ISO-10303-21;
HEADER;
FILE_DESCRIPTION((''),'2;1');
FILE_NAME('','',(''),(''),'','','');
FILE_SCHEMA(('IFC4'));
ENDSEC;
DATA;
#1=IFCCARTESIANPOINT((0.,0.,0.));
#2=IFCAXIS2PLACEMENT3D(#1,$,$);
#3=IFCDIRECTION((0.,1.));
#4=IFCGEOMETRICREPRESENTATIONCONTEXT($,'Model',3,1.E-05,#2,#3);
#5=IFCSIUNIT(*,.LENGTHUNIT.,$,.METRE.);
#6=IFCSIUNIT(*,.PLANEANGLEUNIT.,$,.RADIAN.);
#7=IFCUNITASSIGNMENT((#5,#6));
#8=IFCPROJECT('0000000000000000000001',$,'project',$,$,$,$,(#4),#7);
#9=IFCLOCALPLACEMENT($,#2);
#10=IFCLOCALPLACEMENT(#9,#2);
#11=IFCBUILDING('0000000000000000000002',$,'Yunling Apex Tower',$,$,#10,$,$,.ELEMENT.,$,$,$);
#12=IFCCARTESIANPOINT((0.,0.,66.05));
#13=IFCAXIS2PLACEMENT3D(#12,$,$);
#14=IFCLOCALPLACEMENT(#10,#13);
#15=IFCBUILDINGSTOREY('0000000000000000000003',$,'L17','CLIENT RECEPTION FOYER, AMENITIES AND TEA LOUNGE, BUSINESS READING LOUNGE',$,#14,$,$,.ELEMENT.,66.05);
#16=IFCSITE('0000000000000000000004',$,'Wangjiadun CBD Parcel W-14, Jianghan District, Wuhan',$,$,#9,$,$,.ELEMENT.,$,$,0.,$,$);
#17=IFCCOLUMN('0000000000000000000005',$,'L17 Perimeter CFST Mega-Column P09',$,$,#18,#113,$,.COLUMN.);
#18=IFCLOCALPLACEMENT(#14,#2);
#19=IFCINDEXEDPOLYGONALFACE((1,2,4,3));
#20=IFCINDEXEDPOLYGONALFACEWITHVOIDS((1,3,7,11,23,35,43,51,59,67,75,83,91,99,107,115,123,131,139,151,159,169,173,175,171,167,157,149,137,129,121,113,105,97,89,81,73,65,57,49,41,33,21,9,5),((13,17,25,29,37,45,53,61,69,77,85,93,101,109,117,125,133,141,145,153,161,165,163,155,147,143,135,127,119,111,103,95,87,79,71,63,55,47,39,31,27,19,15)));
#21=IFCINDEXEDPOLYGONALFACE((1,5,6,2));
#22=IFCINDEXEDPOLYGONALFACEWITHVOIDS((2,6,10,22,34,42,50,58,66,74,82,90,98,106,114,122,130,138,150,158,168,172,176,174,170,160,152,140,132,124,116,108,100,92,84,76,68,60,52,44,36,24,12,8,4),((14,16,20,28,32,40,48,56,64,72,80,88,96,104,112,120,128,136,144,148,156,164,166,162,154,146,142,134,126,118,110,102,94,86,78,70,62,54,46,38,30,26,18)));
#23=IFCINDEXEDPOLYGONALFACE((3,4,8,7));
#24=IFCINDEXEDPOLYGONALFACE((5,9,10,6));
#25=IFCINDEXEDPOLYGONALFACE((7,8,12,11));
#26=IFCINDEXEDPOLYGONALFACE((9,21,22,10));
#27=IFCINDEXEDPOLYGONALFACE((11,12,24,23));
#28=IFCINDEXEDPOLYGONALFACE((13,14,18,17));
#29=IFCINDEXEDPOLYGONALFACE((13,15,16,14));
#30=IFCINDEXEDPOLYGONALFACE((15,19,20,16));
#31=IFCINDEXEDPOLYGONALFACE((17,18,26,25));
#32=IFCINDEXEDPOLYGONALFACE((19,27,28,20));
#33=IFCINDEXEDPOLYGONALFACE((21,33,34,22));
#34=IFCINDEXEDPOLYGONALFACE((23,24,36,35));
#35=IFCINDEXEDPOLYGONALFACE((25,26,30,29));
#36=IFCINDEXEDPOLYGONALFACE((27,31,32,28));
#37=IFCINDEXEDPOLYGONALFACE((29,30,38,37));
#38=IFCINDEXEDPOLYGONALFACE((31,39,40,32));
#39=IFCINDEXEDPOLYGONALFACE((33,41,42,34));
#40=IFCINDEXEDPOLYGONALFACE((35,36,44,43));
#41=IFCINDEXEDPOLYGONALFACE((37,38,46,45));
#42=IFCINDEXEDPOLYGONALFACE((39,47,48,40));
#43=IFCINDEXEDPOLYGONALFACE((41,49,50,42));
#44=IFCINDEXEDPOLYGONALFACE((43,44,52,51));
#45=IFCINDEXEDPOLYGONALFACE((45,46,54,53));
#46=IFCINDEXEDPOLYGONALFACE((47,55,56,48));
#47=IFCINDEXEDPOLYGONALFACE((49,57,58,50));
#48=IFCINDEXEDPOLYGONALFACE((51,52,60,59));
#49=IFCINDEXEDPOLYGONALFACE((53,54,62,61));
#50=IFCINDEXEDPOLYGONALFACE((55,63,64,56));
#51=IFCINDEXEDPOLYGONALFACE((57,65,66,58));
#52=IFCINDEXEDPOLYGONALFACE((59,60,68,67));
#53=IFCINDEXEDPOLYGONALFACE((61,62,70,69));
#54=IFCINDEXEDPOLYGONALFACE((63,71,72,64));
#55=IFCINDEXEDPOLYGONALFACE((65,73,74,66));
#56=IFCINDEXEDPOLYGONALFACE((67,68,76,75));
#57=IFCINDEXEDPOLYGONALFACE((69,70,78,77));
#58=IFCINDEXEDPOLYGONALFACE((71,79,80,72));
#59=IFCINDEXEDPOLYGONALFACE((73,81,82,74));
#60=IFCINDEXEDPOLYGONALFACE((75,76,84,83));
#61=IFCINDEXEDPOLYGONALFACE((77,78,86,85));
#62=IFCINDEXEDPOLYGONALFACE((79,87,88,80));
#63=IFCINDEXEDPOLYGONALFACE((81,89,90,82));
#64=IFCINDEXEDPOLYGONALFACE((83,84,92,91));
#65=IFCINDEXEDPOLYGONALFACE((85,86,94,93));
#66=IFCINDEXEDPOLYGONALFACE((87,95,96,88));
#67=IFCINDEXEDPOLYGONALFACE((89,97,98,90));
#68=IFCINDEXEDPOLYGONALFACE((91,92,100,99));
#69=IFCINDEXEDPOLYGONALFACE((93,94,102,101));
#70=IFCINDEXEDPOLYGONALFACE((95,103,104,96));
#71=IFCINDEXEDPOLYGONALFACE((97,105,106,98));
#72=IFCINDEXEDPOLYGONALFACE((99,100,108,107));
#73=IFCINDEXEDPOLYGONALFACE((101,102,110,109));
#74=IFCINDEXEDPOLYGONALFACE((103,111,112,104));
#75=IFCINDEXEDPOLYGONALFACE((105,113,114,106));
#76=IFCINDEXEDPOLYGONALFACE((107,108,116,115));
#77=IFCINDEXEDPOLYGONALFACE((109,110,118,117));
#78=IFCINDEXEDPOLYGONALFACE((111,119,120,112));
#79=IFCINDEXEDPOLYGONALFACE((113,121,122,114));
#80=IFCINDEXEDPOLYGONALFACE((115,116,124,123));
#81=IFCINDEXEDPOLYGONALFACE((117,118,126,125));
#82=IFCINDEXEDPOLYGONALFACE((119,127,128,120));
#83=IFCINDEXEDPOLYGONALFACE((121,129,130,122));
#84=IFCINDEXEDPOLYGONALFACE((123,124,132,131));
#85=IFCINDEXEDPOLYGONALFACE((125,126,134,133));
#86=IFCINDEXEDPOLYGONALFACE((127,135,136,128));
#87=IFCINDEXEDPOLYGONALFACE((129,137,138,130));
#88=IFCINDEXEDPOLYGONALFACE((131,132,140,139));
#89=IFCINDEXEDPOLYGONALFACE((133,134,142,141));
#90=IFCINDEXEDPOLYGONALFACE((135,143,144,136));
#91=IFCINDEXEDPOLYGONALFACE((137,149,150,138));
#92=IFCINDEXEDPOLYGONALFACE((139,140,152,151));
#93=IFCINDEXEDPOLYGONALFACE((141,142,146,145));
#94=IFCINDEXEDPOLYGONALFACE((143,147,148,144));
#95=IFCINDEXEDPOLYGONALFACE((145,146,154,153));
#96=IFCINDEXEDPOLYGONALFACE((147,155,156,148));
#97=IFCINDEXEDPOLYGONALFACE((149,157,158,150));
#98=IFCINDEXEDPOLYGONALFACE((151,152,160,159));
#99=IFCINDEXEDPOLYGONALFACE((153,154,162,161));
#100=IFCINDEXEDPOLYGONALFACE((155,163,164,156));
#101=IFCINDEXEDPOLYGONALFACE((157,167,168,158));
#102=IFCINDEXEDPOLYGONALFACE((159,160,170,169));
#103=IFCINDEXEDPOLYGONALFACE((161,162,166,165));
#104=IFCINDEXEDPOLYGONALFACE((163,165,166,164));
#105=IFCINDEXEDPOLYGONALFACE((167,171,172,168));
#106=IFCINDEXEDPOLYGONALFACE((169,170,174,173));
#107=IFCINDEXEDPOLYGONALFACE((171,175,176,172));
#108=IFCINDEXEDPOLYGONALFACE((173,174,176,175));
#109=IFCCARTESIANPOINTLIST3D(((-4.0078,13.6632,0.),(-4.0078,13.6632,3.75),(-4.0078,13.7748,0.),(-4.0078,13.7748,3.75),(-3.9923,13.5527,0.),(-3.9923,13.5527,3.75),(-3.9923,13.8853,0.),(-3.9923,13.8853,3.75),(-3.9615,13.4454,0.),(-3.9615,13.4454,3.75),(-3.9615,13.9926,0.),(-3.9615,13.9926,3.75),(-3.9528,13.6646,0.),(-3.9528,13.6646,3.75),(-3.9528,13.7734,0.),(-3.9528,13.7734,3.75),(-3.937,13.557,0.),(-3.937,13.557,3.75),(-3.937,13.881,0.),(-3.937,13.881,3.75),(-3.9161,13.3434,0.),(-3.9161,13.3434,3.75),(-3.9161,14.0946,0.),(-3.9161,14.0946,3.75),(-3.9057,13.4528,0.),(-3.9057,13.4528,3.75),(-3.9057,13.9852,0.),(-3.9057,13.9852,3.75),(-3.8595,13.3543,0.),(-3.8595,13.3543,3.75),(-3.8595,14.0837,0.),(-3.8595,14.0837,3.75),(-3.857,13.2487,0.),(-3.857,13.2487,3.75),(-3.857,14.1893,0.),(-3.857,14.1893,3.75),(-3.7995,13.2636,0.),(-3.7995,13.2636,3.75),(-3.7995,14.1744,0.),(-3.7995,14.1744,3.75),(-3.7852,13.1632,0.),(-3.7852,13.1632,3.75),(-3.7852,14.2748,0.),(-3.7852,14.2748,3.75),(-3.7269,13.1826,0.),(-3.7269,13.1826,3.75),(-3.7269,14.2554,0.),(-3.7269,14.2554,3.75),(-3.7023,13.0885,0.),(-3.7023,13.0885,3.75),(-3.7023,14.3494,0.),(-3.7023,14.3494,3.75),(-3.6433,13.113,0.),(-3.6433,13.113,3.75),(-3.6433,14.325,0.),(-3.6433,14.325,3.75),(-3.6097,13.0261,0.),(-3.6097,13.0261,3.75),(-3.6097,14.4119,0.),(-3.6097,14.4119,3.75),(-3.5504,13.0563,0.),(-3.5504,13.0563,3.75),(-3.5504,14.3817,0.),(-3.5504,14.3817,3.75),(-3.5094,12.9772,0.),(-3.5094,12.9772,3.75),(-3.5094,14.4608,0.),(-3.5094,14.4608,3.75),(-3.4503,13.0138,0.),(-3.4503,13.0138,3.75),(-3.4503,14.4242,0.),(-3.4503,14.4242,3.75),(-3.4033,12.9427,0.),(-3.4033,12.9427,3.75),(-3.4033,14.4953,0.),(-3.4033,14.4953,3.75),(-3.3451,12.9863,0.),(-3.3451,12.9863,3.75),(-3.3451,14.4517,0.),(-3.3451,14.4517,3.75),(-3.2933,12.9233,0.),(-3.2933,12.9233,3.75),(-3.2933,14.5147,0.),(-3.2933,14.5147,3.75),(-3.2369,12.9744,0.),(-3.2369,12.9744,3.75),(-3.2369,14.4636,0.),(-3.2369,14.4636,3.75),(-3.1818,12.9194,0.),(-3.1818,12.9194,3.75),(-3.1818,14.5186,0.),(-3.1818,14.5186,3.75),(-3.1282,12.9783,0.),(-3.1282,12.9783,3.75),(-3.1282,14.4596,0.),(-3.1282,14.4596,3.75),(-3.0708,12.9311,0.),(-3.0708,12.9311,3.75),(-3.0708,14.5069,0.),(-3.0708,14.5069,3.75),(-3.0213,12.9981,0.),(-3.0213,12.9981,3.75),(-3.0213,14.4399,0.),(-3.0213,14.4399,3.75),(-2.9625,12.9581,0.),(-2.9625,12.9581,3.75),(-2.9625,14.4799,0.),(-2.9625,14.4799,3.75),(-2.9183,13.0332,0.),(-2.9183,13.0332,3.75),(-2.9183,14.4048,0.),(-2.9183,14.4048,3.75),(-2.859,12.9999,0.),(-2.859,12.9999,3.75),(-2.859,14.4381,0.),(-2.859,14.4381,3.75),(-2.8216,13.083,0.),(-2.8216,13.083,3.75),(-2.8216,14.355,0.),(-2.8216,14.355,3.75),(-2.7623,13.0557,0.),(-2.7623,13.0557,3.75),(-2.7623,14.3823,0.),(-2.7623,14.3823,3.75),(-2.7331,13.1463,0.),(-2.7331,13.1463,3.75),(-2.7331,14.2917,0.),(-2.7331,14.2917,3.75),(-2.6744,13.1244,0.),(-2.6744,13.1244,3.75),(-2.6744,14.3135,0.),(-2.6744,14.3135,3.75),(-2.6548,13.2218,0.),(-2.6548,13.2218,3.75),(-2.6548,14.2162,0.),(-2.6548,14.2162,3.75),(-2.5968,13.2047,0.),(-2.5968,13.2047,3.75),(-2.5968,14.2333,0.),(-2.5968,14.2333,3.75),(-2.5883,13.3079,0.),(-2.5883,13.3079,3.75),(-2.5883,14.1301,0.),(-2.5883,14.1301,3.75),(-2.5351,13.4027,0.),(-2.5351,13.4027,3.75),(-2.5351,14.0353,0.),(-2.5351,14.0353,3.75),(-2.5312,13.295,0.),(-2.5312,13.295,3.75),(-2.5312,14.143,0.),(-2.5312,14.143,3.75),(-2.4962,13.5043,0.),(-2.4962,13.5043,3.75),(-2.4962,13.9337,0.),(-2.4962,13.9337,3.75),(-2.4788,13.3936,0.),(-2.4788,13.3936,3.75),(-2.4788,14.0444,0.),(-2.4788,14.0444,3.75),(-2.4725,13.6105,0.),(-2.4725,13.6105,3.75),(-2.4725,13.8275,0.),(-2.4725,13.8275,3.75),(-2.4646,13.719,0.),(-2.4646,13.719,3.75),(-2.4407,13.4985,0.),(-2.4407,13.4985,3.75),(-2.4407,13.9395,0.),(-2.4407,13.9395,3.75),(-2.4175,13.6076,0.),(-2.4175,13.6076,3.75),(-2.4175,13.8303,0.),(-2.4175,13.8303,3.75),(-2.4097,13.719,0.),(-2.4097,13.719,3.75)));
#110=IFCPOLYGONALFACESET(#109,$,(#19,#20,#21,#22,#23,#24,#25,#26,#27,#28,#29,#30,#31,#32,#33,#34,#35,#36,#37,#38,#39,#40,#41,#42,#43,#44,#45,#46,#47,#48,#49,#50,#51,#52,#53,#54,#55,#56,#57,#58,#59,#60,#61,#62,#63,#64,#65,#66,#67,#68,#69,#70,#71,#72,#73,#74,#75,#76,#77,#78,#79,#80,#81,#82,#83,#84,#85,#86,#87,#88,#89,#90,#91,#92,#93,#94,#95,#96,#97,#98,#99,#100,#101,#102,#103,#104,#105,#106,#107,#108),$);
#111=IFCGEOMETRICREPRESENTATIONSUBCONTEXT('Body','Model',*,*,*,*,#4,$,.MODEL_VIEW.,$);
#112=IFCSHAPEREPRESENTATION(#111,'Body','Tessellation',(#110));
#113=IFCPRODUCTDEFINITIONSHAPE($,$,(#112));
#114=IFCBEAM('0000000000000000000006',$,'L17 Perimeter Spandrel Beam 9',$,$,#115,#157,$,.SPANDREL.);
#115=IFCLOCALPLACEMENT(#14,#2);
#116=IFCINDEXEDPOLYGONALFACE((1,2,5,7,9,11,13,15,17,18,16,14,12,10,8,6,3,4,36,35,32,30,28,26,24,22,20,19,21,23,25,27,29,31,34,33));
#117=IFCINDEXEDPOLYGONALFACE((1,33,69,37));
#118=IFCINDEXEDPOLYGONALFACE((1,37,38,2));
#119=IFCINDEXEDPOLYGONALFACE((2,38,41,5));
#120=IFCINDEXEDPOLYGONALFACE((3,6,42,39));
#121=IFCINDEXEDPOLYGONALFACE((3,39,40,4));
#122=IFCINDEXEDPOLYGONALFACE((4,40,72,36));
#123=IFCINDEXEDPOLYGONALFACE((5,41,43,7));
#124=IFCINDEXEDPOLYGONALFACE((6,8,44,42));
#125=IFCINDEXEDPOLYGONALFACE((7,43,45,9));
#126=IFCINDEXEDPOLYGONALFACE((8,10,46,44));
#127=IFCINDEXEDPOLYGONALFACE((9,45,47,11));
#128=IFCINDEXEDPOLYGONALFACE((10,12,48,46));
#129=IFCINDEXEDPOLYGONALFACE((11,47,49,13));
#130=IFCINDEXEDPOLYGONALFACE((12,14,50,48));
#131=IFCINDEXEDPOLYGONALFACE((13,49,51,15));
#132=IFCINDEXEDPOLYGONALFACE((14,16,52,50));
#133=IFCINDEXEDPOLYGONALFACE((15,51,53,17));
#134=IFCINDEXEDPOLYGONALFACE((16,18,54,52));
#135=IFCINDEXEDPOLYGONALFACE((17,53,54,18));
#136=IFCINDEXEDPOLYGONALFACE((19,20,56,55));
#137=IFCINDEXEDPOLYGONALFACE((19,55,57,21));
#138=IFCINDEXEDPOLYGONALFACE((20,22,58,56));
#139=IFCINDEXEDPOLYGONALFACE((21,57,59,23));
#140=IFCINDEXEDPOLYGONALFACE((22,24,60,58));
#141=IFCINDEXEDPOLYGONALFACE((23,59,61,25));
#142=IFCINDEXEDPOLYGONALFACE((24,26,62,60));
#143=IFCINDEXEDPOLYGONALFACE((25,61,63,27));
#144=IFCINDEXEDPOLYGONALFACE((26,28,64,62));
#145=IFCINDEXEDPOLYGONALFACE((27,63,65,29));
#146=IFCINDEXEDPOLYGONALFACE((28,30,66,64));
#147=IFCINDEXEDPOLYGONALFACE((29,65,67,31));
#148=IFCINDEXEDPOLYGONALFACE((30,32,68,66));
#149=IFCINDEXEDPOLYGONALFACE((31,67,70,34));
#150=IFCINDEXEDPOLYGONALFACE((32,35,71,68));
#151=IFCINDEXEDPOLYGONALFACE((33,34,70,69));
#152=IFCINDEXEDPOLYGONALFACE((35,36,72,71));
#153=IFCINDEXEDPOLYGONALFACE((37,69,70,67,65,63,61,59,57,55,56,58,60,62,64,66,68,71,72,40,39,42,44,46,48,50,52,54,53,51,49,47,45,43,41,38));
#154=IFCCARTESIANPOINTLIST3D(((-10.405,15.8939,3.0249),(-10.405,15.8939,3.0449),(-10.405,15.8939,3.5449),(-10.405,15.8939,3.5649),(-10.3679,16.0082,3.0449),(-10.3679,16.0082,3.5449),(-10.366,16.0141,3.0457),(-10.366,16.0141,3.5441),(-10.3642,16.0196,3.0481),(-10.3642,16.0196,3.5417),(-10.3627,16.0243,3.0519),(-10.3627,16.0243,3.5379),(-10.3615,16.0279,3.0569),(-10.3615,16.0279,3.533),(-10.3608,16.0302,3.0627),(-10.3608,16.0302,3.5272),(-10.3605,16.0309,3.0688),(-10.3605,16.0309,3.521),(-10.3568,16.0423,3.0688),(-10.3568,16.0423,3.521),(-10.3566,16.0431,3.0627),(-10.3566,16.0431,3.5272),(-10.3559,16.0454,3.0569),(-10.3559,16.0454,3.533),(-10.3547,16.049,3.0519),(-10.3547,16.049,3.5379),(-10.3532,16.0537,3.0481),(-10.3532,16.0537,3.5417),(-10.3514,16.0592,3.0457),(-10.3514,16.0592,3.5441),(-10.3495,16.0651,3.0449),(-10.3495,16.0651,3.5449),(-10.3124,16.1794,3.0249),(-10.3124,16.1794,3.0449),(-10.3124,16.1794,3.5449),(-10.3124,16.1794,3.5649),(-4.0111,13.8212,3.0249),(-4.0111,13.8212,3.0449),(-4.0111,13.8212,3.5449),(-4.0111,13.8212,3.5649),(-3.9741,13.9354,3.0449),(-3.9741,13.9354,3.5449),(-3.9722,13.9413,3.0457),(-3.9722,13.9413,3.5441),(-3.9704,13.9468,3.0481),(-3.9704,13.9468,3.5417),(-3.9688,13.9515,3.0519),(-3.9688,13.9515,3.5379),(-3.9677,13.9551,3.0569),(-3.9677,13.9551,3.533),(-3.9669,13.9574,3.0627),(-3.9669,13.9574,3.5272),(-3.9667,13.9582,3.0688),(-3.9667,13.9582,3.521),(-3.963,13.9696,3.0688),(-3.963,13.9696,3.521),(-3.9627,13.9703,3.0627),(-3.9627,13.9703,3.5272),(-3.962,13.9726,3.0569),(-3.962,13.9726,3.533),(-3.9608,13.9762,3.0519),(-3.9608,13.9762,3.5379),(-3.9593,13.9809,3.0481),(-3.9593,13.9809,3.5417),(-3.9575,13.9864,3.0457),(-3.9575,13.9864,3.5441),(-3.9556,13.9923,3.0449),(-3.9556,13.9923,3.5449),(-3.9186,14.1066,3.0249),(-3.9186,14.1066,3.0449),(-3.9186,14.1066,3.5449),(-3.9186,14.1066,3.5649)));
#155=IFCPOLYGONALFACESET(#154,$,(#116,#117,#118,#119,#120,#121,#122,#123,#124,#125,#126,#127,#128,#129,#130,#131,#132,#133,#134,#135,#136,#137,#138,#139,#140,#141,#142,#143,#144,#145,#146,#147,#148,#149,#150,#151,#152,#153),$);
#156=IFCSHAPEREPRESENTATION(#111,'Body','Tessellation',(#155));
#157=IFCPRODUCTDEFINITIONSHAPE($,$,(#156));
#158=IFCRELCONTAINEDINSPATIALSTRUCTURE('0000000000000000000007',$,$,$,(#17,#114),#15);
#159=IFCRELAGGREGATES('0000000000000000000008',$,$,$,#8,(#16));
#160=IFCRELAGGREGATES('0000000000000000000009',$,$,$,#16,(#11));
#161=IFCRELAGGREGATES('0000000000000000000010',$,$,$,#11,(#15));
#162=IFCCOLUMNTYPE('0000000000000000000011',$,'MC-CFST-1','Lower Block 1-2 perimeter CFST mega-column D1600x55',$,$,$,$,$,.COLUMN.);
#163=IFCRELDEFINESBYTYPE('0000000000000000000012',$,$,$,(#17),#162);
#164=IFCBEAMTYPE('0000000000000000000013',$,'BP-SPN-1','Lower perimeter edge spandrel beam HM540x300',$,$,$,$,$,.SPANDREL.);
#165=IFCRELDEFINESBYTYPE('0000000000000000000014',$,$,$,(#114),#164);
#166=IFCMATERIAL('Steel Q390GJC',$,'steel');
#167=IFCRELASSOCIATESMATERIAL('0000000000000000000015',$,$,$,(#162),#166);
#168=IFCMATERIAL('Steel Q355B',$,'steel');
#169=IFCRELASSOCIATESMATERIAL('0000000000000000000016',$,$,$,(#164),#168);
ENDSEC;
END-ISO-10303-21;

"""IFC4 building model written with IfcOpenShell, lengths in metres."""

from ifc_helpers import new_model, si_unit, direction, frame, origin, origin_2d, place, context, subcontext, project, spatial, hollow_circle, i_section, extrude, source, transform, mapped, material, material_profile, profile_set, type_object, element, save


model = new_model("IFC4")

# Units and contexts
model_context = context("Model", 3, precision=1e-05, world=origin(), true_north=direction((0.0, 1.0)))
body_context = subcontext(model_context, "Body", "Model", "MODEL_VIEW")
ifc_project = project(units=[si_unit("LENGTHUNIT", "METRE"), si_unit("PLANEANGLEUNIT", "RADIAN")], contexts=[model_context])

# Site, building, storey
site_placement = place(None, origin())
site = spatial("IfcSite", under=ifc_project, at=site_placement, Name="Wangjiadun CBD Parcel W-14, Jianghan District, Wuhan", CompositionType="ELEMENT", RefElevation=0.0)
building_placement = place(site_placement, origin())
building = spatial("IfcBuilding", under=site, at=building_placement, Name="Yunling Apex Tower", CompositionType="ELEMENT")
storey_placement = place(building_placement, frame((0.0, 0.0, 66.05)))
storey = spatial("IfcBuildingStorey", under=building, at=storey_placement, Name="L17", Description="CLIENT RECEPTION FOYER, AMENITIES AND TEA LOUNGE, BUSINESS READING LOUNGE", CompositionType="ELEMENT", Elevation=66.05)

# Column
ifc_material_1 = material(Name="Steel Q390GJC", Category="steel")
ifc_material_profile_1 = material_profile(ifc_material_1, hollow_circle(Radius=0.8, WallThickness=0.0549, at=origin_2d()))
ifc_profile_set_1 = profile_set([ifc_material_profile_1], Name="Steel Q390GJC")
column_type = type_object("IfcColumnType", Name="MC-CFST-1", Description="Lower Block 1-2 perimeter CFST mega-column D1600x55", PredefinedType="COLUMN", material=ifc_profile_set_1)
shared_shape_1 = source(origin(), body_context, "Body", "SweptSolid", [
    extrude(hollow_circle(Radius=0.8, WallThickness=0.0549, at=origin_2d()), origin(), (0.0, 0.0, 1.0), 3.75),
])
column_placement = place(storey_placement, frame((-3.2097, 13.719, 0.0), z_axis=(0.0, 0.0, 1.0), x_axis=(1.0, 0.0, 0.0)))
element("IfcColumn", 1, at=column_placement, inside=storey, type_object=column_type, Name="L17 Perimeter CFST Mega-Column P09", PredefinedType="COLUMN", context=body_context, shape_type="MappedRepresentation", body=[
    mapped(shared_shape_1, transform((0.0, 0.0, 0.0), scale=1.0)),
])

# Beam
ifc_material_2 = material(Name="Steel Q355B", Category="steel")
ifc_material_profile_2 = material_profile(ifc_material_2, i_section(OverallWidth=0.3, OverallDepth=0.54, WebThickness=0.012, FlangeThickness=0.02, FilletRadius=0.0239, at=origin_2d()))
ifc_profile_set_2 = profile_set([ifc_material_profile_2], Name="Steel Q355B")
beam_type_1 = type_object("IfcBeamType", Name="BP-SPN-1", Description="Lower perimeter edge spandrel beam HM540x300", PredefinedType="SPANDREL", material=ifc_profile_set_2)
shared_shape_2 = source(origin(), body_context, "Body", "SweptSolid", [
    extrude(i_section(OverallWidth=0.3, OverallDepth=0.54, WebThickness=0.012, FlangeThickness=0.02, FilletRadius=0.0239, at=origin_2d()), origin(), (0.0, 0.0, 1.0), 6.7214),
])
beam_1_placement = place(storey_placement, frame((-3.9648, 13.9639, 3.2949), z_axis=(-0.951263, 0.308382, 0.0), x_axis=(-0.308382, -0.951263, 0.0)))
element("IfcBeam", 2, at=beam_1_placement, inside=storey, type_object=beam_type_1, Name="L17 Perimeter Spandrel Beam 9", PredefinedType="SPANDREL", context=body_context, shape_type="MappedRepresentation", body=[
    mapped(shared_shape_2, transform((0.0, 0.0, 0.0), scale=1.0)),
])

save(model, "model.ifc")
